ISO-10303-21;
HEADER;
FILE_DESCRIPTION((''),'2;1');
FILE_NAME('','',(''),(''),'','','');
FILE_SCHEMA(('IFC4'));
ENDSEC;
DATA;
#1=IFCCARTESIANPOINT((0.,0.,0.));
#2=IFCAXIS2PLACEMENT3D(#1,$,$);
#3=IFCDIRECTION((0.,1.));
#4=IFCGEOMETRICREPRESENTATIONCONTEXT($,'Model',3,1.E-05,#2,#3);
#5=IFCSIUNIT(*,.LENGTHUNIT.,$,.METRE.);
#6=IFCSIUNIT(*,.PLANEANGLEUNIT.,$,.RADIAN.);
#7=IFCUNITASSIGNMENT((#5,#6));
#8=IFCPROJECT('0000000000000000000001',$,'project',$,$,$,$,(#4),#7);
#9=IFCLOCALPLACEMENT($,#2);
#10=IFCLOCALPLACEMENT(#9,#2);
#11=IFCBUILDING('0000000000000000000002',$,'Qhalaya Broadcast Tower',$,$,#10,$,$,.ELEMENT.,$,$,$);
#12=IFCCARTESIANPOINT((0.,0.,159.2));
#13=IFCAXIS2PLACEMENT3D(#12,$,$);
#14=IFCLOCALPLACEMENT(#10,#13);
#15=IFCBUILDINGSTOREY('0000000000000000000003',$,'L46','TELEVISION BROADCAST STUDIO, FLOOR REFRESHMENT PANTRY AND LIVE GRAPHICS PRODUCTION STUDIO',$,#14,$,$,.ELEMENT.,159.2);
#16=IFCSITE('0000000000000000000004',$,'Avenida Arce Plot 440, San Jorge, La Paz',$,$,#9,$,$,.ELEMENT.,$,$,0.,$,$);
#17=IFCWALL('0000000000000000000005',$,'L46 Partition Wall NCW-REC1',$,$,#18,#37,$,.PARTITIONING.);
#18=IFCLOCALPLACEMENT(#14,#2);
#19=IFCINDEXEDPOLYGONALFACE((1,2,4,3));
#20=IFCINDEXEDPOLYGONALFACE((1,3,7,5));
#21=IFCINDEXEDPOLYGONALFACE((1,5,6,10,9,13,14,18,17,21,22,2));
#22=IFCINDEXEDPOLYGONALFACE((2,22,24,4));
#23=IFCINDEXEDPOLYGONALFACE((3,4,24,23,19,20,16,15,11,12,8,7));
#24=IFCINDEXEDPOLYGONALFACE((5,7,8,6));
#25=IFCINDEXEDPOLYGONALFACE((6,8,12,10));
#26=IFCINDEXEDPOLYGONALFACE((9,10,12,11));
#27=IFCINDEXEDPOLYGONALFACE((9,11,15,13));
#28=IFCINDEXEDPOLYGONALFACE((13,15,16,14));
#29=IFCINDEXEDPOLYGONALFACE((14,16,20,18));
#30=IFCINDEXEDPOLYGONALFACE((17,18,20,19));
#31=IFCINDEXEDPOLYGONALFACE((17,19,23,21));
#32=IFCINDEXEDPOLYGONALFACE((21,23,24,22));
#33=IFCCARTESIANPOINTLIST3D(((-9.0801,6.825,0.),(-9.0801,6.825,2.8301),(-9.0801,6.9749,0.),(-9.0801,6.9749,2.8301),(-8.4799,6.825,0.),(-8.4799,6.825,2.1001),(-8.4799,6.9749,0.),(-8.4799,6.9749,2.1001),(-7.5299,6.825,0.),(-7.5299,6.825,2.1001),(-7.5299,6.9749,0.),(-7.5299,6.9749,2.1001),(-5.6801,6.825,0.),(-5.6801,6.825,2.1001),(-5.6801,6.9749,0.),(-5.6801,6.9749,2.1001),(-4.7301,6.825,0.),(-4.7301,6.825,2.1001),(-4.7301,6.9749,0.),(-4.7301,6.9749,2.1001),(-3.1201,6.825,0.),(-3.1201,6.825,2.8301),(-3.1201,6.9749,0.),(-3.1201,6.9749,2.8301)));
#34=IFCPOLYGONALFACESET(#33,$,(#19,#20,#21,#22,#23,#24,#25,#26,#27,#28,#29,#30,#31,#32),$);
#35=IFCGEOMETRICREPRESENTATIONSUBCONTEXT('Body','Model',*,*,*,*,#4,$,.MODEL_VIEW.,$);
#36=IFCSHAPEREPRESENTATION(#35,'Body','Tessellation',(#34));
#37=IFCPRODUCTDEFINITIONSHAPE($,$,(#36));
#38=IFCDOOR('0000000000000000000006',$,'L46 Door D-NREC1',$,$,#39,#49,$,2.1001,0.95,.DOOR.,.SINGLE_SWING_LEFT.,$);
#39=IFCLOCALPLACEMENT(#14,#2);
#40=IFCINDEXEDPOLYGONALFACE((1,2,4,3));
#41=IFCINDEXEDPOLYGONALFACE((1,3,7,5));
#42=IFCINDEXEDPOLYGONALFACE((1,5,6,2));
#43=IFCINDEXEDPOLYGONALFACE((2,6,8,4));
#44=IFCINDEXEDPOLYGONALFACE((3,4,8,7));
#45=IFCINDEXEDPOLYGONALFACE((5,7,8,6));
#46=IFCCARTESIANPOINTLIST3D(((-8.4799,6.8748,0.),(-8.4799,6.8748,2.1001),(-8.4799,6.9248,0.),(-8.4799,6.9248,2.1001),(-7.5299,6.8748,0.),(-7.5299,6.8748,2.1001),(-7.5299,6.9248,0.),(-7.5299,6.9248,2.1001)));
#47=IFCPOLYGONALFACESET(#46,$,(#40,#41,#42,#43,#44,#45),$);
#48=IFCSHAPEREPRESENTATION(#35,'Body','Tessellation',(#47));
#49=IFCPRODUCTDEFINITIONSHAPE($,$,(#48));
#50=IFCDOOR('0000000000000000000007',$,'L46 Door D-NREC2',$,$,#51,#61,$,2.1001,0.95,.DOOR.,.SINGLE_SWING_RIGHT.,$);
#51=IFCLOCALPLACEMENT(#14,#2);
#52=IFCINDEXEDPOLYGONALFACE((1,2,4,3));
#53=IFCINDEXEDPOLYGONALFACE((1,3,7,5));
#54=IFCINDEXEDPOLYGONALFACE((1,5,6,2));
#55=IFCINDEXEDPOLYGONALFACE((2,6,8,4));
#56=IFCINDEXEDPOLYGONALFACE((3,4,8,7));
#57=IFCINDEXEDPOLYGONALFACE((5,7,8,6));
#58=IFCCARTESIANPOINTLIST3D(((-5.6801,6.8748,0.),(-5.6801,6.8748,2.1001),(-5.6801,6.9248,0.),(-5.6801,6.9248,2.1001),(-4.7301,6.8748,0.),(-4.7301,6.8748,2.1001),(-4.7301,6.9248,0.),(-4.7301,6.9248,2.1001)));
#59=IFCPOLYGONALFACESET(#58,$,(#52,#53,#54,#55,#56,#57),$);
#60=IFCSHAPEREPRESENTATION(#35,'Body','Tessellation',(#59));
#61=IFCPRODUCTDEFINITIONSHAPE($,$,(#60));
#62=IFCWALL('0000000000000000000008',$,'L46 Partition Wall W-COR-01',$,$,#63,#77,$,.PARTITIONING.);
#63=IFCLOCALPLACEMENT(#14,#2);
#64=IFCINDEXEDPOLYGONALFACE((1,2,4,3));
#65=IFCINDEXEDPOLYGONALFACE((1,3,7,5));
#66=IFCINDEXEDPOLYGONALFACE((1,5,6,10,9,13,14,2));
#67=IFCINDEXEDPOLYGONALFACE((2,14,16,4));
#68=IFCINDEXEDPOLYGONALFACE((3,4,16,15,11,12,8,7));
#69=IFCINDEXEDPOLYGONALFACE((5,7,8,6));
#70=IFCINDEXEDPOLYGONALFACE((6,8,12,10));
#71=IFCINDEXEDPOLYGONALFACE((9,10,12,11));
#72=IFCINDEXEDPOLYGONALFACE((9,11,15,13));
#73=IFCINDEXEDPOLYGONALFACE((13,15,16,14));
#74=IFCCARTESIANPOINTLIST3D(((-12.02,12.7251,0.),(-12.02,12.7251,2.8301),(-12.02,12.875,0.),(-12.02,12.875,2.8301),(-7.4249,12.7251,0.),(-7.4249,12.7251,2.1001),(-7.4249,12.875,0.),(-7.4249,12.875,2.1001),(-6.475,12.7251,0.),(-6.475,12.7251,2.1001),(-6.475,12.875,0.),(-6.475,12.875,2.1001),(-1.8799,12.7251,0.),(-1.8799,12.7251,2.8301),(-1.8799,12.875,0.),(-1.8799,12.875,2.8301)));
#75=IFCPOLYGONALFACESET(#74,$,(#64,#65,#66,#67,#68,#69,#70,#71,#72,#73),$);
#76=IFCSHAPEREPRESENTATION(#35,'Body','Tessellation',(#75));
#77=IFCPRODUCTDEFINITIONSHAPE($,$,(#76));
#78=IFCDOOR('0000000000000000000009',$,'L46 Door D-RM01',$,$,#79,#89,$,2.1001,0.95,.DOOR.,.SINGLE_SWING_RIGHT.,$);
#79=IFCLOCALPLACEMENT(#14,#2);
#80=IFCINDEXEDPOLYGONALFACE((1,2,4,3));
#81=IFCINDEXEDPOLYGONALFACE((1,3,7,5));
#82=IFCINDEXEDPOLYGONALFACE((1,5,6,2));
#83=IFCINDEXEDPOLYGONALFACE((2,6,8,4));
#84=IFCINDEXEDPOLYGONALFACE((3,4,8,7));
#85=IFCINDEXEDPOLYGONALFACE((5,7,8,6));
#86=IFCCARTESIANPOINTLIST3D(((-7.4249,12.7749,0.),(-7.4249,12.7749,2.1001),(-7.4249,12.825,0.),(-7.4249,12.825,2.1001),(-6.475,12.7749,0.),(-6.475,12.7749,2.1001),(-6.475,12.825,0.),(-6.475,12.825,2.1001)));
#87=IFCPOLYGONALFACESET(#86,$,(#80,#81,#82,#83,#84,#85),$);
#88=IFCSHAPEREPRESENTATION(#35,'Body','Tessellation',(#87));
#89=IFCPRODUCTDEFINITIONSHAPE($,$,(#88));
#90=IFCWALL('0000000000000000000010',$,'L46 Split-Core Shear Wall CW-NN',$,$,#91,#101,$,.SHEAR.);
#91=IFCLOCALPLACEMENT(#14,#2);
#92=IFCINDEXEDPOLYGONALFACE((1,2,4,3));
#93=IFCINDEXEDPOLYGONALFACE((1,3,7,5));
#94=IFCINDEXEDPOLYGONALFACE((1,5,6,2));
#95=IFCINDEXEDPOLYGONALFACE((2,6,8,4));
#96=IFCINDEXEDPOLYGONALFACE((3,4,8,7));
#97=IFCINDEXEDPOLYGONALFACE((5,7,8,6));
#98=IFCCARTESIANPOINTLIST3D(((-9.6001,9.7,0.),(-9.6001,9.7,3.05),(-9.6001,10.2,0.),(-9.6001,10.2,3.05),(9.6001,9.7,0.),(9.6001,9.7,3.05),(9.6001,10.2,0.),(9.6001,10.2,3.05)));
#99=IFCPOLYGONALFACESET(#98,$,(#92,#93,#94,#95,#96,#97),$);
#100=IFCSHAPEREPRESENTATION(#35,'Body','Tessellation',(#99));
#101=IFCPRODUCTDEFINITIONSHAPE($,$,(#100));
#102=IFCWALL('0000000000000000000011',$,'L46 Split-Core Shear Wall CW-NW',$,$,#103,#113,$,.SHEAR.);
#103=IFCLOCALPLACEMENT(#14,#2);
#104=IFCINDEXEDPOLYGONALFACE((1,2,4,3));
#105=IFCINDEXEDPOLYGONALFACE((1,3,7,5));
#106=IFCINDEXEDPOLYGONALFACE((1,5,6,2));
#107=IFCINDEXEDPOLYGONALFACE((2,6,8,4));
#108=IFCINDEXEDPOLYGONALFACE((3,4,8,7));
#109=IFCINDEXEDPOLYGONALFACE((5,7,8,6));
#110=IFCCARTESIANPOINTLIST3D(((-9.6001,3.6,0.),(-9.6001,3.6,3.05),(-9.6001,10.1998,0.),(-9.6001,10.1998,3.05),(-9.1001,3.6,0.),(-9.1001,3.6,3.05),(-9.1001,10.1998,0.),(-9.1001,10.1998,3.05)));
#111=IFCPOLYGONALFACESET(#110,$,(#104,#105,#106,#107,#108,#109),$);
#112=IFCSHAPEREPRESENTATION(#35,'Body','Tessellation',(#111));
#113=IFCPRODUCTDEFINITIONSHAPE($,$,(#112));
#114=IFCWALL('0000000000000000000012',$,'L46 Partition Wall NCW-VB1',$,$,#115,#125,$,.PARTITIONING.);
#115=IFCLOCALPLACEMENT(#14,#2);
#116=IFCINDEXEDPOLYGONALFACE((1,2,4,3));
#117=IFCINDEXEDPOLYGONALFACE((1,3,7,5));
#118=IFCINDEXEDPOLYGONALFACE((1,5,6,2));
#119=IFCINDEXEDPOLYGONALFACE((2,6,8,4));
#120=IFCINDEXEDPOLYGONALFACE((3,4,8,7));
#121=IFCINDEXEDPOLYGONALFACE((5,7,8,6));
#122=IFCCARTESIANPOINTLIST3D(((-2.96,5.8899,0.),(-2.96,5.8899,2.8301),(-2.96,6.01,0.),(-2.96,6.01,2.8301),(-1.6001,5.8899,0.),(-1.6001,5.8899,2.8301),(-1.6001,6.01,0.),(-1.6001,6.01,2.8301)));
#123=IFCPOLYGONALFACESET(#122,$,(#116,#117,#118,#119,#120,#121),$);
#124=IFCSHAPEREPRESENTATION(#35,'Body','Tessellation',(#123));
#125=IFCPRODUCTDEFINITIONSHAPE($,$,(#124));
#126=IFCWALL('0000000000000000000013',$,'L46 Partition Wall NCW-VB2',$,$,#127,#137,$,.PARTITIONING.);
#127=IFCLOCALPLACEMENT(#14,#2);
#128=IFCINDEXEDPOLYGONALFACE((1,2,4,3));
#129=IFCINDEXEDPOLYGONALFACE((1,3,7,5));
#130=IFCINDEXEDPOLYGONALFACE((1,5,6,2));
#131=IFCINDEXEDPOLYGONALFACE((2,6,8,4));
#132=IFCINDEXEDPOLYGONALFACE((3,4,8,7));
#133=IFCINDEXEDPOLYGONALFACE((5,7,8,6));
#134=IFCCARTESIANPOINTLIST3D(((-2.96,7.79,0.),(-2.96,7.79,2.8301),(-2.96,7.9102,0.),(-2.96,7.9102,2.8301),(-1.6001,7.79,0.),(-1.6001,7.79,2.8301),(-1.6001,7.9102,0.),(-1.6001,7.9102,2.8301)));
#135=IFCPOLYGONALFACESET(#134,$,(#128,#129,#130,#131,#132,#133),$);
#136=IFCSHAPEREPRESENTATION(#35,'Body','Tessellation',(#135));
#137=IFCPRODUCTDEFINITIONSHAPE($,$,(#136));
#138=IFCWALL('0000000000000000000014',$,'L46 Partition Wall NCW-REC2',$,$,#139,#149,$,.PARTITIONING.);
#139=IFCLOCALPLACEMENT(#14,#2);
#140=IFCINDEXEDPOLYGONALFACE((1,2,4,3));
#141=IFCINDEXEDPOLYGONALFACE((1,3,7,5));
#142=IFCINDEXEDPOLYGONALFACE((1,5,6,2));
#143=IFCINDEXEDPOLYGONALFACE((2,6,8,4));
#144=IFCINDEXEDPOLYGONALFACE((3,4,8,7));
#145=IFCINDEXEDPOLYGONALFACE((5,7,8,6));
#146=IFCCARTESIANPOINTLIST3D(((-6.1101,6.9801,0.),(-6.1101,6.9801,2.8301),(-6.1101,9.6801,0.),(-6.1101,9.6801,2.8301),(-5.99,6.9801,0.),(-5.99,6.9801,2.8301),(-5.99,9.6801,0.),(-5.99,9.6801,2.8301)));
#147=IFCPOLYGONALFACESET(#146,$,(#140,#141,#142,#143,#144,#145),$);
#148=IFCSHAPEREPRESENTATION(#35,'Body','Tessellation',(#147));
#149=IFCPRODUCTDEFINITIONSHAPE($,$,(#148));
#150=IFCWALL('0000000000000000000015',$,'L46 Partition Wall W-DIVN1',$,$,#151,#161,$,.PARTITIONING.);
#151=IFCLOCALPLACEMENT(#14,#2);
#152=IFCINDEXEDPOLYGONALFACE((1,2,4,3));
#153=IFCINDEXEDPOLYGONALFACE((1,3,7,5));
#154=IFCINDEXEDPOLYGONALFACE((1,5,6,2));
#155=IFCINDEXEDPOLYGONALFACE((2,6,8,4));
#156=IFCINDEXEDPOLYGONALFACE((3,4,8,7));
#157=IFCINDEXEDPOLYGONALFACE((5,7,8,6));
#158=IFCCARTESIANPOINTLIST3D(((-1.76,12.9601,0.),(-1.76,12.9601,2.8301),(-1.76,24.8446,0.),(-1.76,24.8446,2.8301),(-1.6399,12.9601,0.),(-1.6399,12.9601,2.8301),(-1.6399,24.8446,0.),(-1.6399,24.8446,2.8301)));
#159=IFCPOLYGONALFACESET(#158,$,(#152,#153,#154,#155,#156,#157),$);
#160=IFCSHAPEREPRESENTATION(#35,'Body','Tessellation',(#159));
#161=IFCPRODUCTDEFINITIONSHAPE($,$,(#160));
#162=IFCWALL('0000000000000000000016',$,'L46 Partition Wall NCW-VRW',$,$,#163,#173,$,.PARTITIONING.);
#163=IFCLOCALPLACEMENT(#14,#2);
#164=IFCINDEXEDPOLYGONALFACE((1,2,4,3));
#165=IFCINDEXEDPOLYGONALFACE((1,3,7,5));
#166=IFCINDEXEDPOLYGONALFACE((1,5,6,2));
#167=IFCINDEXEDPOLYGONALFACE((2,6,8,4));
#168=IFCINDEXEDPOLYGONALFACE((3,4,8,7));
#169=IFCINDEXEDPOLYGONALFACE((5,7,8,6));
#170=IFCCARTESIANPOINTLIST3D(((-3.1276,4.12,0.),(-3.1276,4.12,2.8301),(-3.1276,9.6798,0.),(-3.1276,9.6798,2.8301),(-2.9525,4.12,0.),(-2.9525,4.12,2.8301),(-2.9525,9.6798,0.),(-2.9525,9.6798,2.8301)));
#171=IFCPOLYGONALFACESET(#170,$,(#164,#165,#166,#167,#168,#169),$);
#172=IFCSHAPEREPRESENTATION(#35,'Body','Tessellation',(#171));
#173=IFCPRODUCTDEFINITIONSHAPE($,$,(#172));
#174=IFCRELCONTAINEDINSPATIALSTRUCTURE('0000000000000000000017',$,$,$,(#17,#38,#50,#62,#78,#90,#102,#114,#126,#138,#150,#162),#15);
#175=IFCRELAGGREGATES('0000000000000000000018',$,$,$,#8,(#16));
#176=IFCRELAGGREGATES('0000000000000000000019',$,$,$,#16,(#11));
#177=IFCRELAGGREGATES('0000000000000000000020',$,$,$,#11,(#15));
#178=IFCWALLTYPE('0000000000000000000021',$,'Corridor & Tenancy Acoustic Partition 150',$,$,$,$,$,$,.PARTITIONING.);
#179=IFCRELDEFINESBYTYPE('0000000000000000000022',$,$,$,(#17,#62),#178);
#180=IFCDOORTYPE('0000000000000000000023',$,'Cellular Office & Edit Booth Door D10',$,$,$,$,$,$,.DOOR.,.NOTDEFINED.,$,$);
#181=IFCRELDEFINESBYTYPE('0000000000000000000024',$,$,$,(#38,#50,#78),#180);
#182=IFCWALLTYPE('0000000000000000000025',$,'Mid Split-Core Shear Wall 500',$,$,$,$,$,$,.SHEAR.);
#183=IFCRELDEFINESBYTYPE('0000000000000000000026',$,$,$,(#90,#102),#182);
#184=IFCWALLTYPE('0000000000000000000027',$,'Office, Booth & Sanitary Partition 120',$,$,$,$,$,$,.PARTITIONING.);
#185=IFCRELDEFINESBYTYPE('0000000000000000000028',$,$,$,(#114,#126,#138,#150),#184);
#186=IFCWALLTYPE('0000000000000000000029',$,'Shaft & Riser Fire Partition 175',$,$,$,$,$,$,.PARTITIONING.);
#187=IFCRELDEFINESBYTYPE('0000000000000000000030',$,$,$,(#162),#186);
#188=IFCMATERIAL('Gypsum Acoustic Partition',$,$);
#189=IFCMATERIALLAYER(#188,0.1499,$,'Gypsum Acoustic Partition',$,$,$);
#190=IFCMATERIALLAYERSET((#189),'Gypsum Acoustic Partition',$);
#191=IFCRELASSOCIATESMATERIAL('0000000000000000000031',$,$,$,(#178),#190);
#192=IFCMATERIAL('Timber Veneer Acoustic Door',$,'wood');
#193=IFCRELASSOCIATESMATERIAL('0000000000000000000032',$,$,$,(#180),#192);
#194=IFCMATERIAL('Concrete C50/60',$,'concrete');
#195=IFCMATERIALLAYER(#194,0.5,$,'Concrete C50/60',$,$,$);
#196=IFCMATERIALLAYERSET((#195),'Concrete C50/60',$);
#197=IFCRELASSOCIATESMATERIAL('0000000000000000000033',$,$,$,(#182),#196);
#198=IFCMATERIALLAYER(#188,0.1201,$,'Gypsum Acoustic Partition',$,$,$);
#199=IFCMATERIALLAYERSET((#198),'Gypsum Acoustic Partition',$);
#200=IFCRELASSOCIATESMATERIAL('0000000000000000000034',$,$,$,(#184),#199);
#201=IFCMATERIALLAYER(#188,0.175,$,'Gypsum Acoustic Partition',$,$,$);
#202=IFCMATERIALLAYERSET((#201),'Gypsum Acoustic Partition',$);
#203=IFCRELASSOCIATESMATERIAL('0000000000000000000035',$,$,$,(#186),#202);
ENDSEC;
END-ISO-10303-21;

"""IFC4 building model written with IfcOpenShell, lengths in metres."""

from ifc_helpers import new_model, si_unit, direction, frame, frame_2d, origin, place, context, subcontext, project, spatial, rectangle, extrude, material, layer, layer_set, type_object, element, fill, save


model = new_model("IFC4")

# Units and contexts
model_context = context("Model", 3, precision=1e-05, world=origin(), true_north=direction((0.0, 1.0)))
body_context = subcontext(model_context, "Body", "Model", "MODEL_VIEW")
ifc_project = project(units=[si_unit("LENGTHUNIT", "METRE"), si_unit("PLANEANGLEUNIT", "RADIAN")], contexts=[model_context])

# Site, building, storey
site_placement = place(None, origin())
site = spatial("IfcSite", under=ifc_project, at=site_placement, Name="Avenida Arce Plot 440, San Jorge, La Paz", CompositionType="ELEMENT", RefElevation=0.0)
building_placement = place(site_placement, origin())
building = spatial("IfcBuilding", under=site, at=building_placement, Name="Qhalaya Broadcast Tower", CompositionType="ELEMENT")
storey_placement = place(building_placement, frame((0.0, 0.0, 159.2)))
storey = spatial("IfcBuildingStorey", under=building, at=storey_placement, Name="L46", Description="TELEVISION BROADCAST STUDIO, FLOOR REFRESHMENT PANTRY AND LIVE GRAPHICS PRODUCTION STUDIO", CompositionType="ELEMENT", Elevation=159.2)

# Shared definitions
ifc_material_1 = material(Name="Concrete C50/60", Category="concrete")

# Wall, openings, doors
ifc_material_2 = material(Name="Gypsum Acoustic Partition")
ifc_layer_1 = layer(ifc_material_2, 0.1499, Name="Gypsum Acoustic Partition")
ifc_layer_set_1 = layer_set([ifc_layer_1], Name="Gypsum Acoustic Partition")
wall_type_1 = type_object("IfcWallType", Name="Corridor & Tenancy Acoustic Partition 150", PredefinedType="PARTITIONING", material=ifc_layer_set_1)
wall_1_placement = place(storey_placement, frame((-9.0801, 6.8999, 0.0), z_axis=(0.0, 0.0, 1.0), x_axis=(1.0, 0.0, 0.0)))
wall_1 = element("IfcWall", 1, at=wall_1_placement, inside=storey, type_object=wall_type_1, Name="L46 Partition Wall NCW-REC1", PredefinedType="PARTITIONING", context=body_context, shape_type="SweptSolid", body=[
    extrude(rectangle(XDim=5.96, YDim=0.1499, at=frame_2d((2.98, 0.0))), origin(), (0.0, 0.0, 1.0), 2.8301),
])
opening_1_placement = place(wall_1_placement, frame((0.6001, 0.0, 0.0)))
opening_1 = element("IfcOpeningElement", 2, at=opening_1_placement, cuts=wall_1, PredefinedType="OPENING", context=body_context, shape_type="SweptSolid", body=[
    extrude(rectangle(XDim=0.95, YDim=2.1001, at=frame_2d((0.4751, 1.05))), frame((0.0, 0.0869, 0.0), z_axis=(0.0, -1.0, 0.0), x_axis=(1.0, 0.0, 0.0)), (0.0, 0.0, 1.0), 0.1738),
])
opening_2_placement = place(wall_1_placement, frame((3.3999, 0.0, 0.0)))
opening_2 = element("IfcOpeningElement", 3, at=opening_2_placement, cuts=wall_1, PredefinedType="OPENING", context=body_context, shape_type="SweptSolid", body=[
    extrude(rectangle(XDim=0.95, YDim=2.1001, at=frame_2d((0.4751, 1.05))), frame((0.0, 0.0869, 0.0), z_axis=(0.0, -1.0, 0.0), x_axis=(1.0, 0.0, 0.0)), (0.0, 0.0, 1.0), 0.1738),
])
ifc_material_3 = material(Name="Timber Veneer Acoustic Door", Category="wood")
door_type_1 = type_object("IfcDoorType", Name="Cellular Office & Edit Booth Door D10", OperationType="NOTDEFINED", PredefinedType="DOOR", material=ifc_material_3)
door_1_placement = place(opening_1_placement, origin())
door_1 = element("IfcDoor", 4, at=door_1_placement, inside=storey, type_object=door_type_1, Name="L46 Door D-NREC1", OperationType="SINGLE_SWING_LEFT", OverallHeight=2.1001, OverallWidth=0.95, PredefinedType="DOOR", context=body_context, shape_type="SweptSolid", body=[
    extrude(rectangle(XDim=0.95, YDim=2.1001, at=frame_2d((0.4751, 1.05))), frame((0.0, 0.0249, 0.0), z_axis=(0.0, -1.0, 0.0), x_axis=(1.0, 0.0, 0.0)), (0.0, 0.0, 1.0), 0.05),
])
fill(opening_1, door_1)
door_2_placement = place(opening_2_placement, origin())
door_2 = element("IfcDoor", 5, at=door_2_placement, inside=storey, type_object=door_type_1, Name="L46 Door D-NREC2", OperationType="SINGLE_SWING_RIGHT", OverallHeight=2.1001, OverallWidth=0.95, PredefinedType="DOOR", context=body_context, shape_type="SweptSolid", body=[
    extrude(rectangle(XDim=0.95, YDim=2.1001, at=frame_2d((0.4751, 1.05))), frame((0.0, 0.0249, 0.0), z_axis=(0.0, -1.0, 0.0), x_axis=(1.0, 0.0, 0.0)), (0.0, 0.0, 1.0), 0.05),
])
fill(opening_2, door_2)

# Wall, opening, door
wall_2_placement = place(storey_placement, frame((-12.02, 12.8, 0.0), z_axis=(0.0, 0.0, 1.0), x_axis=(1.0, 0.0, 0.0)))
wall_2 = element("IfcWall", 6, at=wall_2_placement, inside=storey, type_object=wall_type_1, Name="L46 Partition Wall W-COR-01", PredefinedType="PARTITIONING", context=body_context, shape_type="SweptSolid", body=[
    extrude(rectangle(XDim=10.1401, YDim=0.1499, at=frame_2d((5.0701, 0.0))), origin(), (0.0, 0.0, 1.0), 2.8301),
])
opening_3_placement = place(wall_2_placement, frame((4.595, 0.0, 0.0)))
opening_3 = element("IfcOpeningElement", 7, at=opening_3_placement, cuts=wall_2, PredefinedType="OPENING", context=body_context, shape_type="SweptSolid", body=[
    extrude(rectangle(XDim=0.95, YDim=2.1001, at=frame_2d((0.4751, 1.05))), frame((0.0, 0.0869, 0.0), z_axis=(0.0, -1.0, 0.0), x_axis=(1.0, 0.0, 0.0)), (0.0, 0.0, 1.0), 0.1738),
])
door_3_placement = place(opening_3_placement, origin())
door_3 = element("IfcDoor", 8, at=door_3_placement, inside=storey, type_object=door_type_1, Name="L46 Door D-RM01", OperationType="SINGLE_SWING_RIGHT", OverallHeight=2.1001, OverallWidth=0.95, PredefinedType="DOOR", context=body_context, shape_type="SweptSolid", body=[
    extrude(rectangle(XDim=0.95, YDim=2.1001, at=frame_2d((0.4751, 1.05))), frame((0.0, 0.0249, 0.0), z_axis=(0.0, -1.0, 0.0), x_axis=(1.0, 0.0, 0.0)), (0.0, 0.0, 1.0), 0.05),
])
fill(opening_3, door_3)

# Wall
ifc_layer_2 = layer(ifc_material_1, 0.5, Name="Concrete C50/60")
ifc_layer_set_2 = layer_set([ifc_layer_2], Name="Concrete C50/60")
wall_type_2 = type_object("IfcWallType", Name="Mid Split-Core Shear Wall 500", PredefinedType="SHEAR", material=ifc_layer_set_2)
wall_3_placement = place(storey_placement, frame((-9.6001, 9.95, 0.0), z_axis=(0.0, 0.0, 1.0), x_axis=(1.0, 0.0, 0.0)))
element("IfcWall", 9, at=wall_3_placement, inside=storey, type_object=wall_type_2, Name="L46 Split-Core Shear Wall CW-NN", PredefinedType="SHEAR", context=body_context, shape_type="SweptSolid", body=[
    extrude(rectangle(XDim=19.2002, YDim=0.5, at=frame_2d((9.6001, 0.0))), origin(), (0.0, 0.0, 1.0), 3.05),
])

# Walls
wall_4_placement = place(storey_placement, frame((-9.3501, 3.6001, 0.0), z_axis=(0.0, 0.0, 1.0), x_axis=(0.0, 1.0, 0.0)))
element("IfcWall", 10, at=wall_4_placement, inside=storey, type_object=wall_type_2, Name="L46 Split-Core Shear Wall CW-NW", PredefinedType="SHEAR", context=body_context, shape_type="SweptSolid", body=[
    extrude(rectangle(XDim=6.5999, YDim=0.5, at=frame_2d((3.2998, 0.0))), origin(), (0.0, 0.0, 1.0), 3.05),
])
ifc_layer_3 = layer(ifc_material_2, 0.1201, Name="Gypsum Acoustic Partition")
ifc_layer_set_3 = layer_set([ifc_layer_3], Name="Gypsum Acoustic Partition")
wall_type_3 = type_object("IfcWallType", Name="Office, Booth & Sanitary Partition 120", PredefinedType="PARTITIONING", material=ifc_layer_set_3)
for number, where, z_axis, x_axis, name in (
    (11, (-2.96, 5.95, 0.0), (0.0, 0.0, 1.0), (1.0, 0.0, 0.0), "L46 Partition Wall NCW-VB1"),
    (12, (-2.96, 7.8501, 0.0), (0.0, 0.0, 1.0), (1.0, 0.0, 0.0), "L46 Partition Wall NCW-VB2"),
):
    element("IfcWall", number, at=place(storey_placement, frame(where, z_axis=z_axis, x_axis=x_axis)), inside=storey, type_object=wall_type_3, Name=name, PredefinedType="PARTITIONING", context=body_context, shape_type="SweptSolid", body=[
        extrude(rectangle(XDim=1.3599, YDim=0.1201, at=frame_2d((0.6799, 0.0))), origin(), (0.0, 0.0, 1.0), 2.8301),
    ])
wall_5_placement = place(storey_placement, frame((-6.05, 6.98, 0.0), z_axis=(0.0, 0.0, 1.0), x_axis=(0.0, 1.0, 0.0)))
element("IfcWall", 13, at=wall_5_placement, inside=storey, type_object=wall_type_3, Name="L46 Partition Wall NCW-REC2", PredefinedType="PARTITIONING", context=body_context, shape_type="SweptSolid", body=[
    extrude(rectangle(XDim=2.7, YDim=0.1201, at=frame_2d((1.3501, 0.0))), origin(), (0.0, 0.0, 1.0), 2.8301),
])
wall_6_placement = place(storey_placement, frame((-1.7, 12.96, 0.0), z_axis=(0.0, 0.0, 1.0), x_axis=(0.0, 1.0, 0.0)))
element("IfcWall", 14, at=wall_6_placement, inside=storey, type_object=wall_type_3, Name="L46 Partition Wall W-DIVN1", PredefinedType="PARTITIONING", context=body_context, shape_type="SweptSolid", body=[
    extrude(rectangle(XDim=11.8845, YDim=0.1201, at=frame_2d((5.9424, 0.0))), origin(), (0.0, 0.0, 1.0), 2.8301),
])
ifc_layer_4 = layer(ifc_material_2, 0.175, Name="Gypsum Acoustic Partition")
ifc_layer_set_4 = layer_set([ifc_layer_4], Name="Gypsum Acoustic Partition")
wall_type_4 = type_object("IfcWallType", Name="Shaft & Riser Fire Partition 175", PredefinedType="PARTITIONING", material=ifc_layer_set_4)
wall_7_placement = place(storey_placement, frame((-3.04, 4.1201, 0.0), z_axis=(0.0, 0.0, 1.0), x_axis=(0.0, 1.0, 0.0)))
element("IfcWall", 15, at=wall_7_placement, inside=storey, type_object=wall_type_4, Name="L46 Partition Wall NCW-VRW", PredefinedType="PARTITIONING", context=body_context, shape_type="SweptSolid", body=[
    extrude(rectangle(XDim=5.5598, YDim=0.175, at=frame_2d((2.7798, 0.0))), origin(), (0.0, 0.0, 1.0), 2.8301),
])

save(model, "model.ifc")
